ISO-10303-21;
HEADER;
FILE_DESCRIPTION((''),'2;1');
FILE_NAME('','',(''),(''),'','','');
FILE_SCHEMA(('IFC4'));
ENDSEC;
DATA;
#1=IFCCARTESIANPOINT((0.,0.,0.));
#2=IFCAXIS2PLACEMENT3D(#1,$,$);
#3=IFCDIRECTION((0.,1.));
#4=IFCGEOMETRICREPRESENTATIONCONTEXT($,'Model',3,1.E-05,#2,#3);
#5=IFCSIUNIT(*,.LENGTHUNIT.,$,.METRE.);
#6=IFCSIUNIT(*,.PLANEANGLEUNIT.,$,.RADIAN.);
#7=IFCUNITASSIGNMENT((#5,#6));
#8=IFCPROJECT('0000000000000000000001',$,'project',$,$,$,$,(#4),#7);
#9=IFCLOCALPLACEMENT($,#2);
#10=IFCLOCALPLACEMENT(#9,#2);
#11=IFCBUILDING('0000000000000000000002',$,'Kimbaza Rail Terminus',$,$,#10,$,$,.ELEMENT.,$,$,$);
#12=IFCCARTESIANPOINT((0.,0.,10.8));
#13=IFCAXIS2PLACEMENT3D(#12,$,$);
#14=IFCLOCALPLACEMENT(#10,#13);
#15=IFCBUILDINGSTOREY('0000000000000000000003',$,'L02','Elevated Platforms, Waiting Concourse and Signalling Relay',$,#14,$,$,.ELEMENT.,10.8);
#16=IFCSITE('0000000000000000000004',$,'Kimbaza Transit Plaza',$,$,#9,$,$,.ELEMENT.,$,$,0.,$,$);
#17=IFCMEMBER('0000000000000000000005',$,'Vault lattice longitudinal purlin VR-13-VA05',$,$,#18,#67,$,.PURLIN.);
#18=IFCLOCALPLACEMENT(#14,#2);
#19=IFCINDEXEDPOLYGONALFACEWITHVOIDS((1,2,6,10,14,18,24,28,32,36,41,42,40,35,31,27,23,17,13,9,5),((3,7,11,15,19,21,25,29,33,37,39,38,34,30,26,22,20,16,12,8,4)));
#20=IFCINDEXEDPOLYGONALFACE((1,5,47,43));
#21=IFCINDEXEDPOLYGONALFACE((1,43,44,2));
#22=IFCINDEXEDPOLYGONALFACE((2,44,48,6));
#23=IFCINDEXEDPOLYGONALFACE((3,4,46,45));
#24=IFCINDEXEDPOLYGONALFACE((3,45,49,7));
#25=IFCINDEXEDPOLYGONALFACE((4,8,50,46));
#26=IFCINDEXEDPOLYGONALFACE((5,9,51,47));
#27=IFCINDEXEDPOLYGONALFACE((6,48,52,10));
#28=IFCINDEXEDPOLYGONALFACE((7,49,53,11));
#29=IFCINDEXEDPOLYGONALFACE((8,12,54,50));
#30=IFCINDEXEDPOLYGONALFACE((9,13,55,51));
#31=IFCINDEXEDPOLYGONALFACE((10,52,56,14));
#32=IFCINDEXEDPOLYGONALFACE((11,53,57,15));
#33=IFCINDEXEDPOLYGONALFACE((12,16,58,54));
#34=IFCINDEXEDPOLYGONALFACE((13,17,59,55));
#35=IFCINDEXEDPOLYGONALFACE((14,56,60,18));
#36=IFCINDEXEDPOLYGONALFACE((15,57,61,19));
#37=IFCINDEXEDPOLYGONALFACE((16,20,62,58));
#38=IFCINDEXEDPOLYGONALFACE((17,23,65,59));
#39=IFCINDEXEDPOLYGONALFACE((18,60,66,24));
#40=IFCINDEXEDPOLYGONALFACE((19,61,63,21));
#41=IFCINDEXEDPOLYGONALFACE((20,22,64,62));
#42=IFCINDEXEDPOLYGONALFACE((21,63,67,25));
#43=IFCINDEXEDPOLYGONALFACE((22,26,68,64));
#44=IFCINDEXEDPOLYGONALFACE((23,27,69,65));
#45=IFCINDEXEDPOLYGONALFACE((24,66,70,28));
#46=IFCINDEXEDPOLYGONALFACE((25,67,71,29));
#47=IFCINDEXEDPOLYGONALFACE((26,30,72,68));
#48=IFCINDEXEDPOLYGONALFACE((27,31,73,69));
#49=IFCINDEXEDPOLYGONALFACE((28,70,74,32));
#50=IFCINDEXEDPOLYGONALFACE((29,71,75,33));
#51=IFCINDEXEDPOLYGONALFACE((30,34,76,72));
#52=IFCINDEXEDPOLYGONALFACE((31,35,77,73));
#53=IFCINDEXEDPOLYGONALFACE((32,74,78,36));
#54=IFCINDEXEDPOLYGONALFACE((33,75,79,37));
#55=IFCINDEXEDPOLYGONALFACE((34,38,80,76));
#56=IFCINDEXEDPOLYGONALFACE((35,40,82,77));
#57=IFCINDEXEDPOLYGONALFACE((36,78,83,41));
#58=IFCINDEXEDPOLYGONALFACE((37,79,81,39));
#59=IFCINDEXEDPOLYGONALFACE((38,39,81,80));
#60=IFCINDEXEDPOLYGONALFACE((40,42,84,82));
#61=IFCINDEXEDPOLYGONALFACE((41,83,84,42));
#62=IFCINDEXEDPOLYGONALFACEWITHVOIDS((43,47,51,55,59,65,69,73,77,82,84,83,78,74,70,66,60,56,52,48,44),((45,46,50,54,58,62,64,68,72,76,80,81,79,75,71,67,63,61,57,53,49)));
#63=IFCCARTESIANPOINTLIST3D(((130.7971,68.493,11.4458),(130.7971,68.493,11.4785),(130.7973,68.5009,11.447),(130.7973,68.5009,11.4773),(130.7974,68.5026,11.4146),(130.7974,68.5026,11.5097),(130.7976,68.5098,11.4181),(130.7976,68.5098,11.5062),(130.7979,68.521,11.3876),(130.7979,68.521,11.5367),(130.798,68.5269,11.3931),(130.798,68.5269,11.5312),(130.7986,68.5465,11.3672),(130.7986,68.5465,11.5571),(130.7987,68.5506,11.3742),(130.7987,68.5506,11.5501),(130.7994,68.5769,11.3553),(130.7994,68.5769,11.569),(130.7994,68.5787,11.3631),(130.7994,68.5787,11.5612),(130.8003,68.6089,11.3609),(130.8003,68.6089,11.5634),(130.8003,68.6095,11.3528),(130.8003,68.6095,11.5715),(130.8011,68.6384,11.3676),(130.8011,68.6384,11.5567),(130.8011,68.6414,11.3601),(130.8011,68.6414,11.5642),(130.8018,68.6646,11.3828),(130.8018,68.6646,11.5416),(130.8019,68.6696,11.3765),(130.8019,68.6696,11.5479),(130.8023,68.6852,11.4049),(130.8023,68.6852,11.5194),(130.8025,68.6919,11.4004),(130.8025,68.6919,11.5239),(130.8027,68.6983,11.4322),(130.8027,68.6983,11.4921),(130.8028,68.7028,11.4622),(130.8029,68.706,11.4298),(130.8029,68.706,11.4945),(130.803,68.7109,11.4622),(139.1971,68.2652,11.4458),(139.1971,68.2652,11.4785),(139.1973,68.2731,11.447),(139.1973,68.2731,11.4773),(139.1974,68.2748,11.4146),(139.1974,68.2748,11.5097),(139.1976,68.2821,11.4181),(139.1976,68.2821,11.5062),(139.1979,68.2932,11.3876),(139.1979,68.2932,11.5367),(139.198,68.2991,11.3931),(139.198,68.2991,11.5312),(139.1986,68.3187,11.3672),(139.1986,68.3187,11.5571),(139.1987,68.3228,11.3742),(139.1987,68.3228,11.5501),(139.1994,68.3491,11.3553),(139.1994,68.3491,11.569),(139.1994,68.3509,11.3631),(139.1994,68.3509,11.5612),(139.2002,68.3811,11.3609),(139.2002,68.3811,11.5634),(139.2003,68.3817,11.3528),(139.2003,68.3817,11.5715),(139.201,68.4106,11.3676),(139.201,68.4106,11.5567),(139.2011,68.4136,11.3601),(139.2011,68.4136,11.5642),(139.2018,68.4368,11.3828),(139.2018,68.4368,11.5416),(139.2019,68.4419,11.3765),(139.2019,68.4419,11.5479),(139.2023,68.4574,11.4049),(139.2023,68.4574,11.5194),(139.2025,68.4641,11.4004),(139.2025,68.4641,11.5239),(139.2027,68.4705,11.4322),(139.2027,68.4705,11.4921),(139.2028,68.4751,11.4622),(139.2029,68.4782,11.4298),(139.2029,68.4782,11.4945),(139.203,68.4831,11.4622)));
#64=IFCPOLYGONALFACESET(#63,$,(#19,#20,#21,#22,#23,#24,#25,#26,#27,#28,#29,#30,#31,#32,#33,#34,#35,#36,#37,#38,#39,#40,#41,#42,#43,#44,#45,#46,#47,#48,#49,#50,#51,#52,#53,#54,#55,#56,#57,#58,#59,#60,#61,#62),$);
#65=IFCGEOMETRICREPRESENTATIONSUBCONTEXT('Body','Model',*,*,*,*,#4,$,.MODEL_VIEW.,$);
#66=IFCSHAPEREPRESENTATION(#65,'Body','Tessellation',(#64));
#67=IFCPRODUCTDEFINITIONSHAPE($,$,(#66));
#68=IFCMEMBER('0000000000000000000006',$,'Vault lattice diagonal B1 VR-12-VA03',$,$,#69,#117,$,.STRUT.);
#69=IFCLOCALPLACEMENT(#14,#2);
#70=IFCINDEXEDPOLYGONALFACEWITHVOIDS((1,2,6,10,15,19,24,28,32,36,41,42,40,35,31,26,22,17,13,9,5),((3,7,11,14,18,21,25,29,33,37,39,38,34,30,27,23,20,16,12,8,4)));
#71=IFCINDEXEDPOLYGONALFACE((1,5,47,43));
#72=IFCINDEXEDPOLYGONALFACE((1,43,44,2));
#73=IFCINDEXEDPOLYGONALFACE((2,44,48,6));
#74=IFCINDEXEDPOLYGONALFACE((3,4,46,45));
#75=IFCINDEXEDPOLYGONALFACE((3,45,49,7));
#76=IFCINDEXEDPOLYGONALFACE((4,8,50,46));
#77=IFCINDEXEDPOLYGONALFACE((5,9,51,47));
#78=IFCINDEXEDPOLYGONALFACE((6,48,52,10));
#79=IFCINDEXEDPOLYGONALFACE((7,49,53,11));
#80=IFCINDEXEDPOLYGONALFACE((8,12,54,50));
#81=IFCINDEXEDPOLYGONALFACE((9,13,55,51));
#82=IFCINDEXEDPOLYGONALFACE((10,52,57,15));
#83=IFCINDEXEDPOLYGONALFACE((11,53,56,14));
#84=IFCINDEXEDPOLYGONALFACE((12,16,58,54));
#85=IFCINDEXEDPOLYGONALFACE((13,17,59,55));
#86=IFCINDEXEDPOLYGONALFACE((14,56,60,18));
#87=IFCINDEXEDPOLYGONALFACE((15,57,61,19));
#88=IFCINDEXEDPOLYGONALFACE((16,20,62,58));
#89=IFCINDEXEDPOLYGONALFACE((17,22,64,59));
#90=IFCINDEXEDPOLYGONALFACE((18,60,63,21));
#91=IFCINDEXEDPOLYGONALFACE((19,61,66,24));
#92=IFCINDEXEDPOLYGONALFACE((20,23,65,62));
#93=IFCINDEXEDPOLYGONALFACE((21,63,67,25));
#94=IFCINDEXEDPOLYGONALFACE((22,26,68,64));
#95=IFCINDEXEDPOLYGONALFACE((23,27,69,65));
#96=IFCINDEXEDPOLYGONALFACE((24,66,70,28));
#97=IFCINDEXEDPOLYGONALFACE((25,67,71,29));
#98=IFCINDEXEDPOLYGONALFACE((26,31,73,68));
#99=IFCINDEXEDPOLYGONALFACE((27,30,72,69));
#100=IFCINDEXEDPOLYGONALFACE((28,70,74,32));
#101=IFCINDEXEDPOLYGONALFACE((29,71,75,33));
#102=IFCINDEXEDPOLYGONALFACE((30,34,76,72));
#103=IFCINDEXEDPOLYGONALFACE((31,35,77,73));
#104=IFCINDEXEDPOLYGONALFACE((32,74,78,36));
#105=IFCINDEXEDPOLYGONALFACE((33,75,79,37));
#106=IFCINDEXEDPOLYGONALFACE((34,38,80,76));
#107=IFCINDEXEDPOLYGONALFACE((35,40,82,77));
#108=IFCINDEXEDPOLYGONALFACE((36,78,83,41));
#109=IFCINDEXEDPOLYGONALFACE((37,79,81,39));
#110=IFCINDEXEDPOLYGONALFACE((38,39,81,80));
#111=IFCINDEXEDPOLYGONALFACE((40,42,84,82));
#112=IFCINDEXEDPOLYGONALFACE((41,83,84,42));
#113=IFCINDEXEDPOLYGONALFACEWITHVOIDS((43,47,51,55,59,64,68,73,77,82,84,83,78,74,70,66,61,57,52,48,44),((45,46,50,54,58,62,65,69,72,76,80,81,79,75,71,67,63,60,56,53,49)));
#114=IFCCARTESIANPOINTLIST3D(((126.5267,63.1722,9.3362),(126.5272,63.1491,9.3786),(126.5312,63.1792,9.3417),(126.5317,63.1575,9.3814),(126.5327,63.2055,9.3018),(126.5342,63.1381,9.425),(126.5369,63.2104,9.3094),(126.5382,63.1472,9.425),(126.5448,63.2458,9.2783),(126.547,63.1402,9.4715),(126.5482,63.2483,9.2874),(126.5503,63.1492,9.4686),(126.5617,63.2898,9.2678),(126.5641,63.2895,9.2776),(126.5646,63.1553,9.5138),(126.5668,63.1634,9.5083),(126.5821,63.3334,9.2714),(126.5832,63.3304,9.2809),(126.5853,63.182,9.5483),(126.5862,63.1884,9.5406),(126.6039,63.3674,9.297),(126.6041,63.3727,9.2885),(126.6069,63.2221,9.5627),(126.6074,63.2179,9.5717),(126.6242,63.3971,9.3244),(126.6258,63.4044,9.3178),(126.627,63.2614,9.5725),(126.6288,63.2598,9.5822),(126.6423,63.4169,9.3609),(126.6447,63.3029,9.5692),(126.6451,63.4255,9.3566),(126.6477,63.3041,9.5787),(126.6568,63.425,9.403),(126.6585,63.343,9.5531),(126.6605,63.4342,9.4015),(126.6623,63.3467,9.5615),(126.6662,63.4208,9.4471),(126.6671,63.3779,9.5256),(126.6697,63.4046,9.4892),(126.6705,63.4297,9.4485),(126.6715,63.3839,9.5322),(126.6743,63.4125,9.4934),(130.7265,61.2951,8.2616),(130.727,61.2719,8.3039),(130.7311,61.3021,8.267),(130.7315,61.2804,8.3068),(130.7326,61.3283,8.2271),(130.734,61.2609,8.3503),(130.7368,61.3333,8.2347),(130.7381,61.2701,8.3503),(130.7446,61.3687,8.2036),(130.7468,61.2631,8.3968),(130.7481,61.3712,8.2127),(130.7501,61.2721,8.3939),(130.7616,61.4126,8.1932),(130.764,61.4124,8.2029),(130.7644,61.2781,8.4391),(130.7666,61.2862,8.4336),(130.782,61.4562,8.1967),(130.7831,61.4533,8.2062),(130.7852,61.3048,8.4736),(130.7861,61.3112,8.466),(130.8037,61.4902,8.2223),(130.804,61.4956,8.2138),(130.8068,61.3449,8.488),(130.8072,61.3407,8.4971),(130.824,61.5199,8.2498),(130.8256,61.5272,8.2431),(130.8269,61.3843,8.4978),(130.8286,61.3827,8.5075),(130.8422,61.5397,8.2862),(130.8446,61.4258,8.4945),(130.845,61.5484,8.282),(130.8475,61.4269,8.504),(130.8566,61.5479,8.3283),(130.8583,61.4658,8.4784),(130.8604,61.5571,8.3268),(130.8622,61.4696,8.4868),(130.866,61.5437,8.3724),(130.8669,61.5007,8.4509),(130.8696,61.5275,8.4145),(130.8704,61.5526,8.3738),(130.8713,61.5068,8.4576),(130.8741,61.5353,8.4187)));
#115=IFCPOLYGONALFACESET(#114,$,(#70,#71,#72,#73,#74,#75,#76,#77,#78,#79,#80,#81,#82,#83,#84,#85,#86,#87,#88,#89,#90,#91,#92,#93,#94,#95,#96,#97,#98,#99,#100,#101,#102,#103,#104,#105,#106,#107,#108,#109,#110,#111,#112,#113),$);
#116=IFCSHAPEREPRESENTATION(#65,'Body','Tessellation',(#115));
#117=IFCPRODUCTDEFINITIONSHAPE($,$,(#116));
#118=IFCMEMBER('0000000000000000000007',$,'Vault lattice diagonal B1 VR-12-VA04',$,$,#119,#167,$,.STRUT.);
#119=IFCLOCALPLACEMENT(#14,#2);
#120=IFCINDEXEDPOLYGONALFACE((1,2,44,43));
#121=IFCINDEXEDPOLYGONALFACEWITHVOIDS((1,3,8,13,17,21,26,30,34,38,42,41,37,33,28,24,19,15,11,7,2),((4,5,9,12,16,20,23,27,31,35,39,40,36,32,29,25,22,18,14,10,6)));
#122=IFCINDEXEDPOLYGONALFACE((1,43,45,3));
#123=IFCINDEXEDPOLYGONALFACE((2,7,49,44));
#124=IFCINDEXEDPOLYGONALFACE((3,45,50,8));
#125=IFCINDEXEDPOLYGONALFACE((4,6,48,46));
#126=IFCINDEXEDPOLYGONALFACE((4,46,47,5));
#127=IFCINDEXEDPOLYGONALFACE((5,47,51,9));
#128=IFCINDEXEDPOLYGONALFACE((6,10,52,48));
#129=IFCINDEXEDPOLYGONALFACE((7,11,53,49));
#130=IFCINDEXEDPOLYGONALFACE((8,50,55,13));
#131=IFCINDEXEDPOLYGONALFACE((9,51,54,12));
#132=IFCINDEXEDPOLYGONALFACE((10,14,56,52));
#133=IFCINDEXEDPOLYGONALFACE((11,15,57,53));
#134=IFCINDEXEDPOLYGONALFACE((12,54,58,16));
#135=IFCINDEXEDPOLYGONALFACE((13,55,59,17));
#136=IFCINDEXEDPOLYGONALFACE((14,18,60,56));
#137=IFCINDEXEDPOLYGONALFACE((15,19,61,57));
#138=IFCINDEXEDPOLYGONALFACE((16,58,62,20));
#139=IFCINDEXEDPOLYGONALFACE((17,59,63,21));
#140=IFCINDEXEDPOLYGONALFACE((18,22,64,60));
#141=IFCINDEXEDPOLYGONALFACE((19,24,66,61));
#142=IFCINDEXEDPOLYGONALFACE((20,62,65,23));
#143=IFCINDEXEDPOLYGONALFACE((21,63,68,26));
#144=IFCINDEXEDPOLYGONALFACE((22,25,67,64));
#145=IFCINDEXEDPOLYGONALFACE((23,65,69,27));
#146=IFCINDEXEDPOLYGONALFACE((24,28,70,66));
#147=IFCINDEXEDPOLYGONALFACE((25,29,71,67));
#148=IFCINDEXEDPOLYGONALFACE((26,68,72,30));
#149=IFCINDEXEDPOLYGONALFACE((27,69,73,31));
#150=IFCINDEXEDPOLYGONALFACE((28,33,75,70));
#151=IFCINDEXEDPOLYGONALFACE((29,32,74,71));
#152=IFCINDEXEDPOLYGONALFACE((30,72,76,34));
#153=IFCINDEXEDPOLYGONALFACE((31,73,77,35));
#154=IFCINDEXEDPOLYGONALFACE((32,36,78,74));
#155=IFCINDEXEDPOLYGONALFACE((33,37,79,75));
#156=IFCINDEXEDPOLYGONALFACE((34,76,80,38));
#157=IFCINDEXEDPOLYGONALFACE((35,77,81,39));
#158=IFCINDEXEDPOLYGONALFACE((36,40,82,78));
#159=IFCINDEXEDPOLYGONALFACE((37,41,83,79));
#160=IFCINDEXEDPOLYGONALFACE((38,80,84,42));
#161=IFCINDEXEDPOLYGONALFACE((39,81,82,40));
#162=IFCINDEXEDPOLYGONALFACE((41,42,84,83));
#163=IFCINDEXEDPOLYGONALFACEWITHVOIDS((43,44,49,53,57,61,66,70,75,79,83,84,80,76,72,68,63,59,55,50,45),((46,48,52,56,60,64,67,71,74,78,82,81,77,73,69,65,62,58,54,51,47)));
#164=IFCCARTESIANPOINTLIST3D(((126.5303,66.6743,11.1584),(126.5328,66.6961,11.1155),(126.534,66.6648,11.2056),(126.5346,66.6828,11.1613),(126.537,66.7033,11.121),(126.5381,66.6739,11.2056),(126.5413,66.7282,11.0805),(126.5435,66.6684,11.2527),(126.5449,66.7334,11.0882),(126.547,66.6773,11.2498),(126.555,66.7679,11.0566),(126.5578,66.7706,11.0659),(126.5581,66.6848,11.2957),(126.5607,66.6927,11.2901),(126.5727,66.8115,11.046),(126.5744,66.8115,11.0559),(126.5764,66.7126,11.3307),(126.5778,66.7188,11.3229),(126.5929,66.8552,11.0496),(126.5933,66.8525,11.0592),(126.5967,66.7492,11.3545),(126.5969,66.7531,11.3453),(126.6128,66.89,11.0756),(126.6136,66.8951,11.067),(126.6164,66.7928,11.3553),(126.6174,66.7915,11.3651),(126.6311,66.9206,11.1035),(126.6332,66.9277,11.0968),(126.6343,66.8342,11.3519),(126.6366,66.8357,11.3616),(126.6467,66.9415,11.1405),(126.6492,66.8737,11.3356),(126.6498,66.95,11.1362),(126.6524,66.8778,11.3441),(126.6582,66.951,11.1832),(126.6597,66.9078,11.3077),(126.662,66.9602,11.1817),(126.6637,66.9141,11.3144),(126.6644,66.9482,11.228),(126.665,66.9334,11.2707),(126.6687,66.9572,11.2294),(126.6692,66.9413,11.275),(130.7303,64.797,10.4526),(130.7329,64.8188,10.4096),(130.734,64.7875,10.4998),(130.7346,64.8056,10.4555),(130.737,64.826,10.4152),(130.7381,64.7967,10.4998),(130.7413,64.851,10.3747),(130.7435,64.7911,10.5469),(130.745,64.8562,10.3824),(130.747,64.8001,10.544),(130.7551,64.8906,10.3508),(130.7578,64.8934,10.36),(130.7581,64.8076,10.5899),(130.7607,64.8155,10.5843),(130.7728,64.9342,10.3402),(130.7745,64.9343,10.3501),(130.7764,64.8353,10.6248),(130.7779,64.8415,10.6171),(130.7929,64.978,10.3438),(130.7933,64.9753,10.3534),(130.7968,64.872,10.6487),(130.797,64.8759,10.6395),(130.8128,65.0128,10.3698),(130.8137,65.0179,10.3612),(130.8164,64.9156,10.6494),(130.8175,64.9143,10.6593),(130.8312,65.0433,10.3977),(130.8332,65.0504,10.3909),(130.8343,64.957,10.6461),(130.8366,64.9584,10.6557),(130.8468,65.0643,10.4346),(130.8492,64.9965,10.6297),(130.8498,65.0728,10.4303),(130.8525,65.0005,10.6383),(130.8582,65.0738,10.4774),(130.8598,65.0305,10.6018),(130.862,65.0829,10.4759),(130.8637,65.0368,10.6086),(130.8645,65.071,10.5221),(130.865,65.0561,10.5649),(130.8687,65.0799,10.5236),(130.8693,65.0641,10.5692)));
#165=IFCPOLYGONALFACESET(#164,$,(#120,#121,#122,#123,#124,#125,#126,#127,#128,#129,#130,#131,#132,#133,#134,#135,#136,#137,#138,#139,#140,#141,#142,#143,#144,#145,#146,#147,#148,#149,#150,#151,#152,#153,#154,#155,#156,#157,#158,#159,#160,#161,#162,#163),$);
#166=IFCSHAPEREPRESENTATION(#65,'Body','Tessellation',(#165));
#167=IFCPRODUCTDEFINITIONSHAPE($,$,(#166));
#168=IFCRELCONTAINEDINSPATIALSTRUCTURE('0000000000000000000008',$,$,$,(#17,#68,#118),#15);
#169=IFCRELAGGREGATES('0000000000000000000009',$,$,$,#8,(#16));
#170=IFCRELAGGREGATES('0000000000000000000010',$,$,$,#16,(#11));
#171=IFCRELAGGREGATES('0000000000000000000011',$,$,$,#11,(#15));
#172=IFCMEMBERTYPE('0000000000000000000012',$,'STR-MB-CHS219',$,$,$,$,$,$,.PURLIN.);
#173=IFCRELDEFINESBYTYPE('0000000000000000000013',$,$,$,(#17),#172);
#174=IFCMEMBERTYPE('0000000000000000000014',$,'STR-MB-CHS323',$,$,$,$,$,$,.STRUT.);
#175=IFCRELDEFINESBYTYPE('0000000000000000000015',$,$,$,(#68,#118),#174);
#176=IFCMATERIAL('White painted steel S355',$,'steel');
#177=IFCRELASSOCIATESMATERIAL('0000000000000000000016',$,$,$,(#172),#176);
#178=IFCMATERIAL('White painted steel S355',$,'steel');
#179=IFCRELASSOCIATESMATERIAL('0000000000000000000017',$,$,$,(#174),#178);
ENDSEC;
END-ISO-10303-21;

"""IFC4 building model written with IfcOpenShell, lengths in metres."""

from ifc_helpers import new_model, si_unit, direction, frame, origin, origin_2d, place, context, subcontext, project, spatial, hollow_circle, extrude, material, material_profile, profile_set, type_object, element, save


model = new_model("IFC4")

# Units and contexts
model_context = context("Model", 3, precision=1e-05, world=origin(), true_north=direction((0.0, 1.0)))
body_context = subcontext(model_context, "Body", "Model", "MODEL_VIEW")
ifc_project = project(units=[si_unit("LENGTHUNIT", "METRE"), si_unit("PLANEANGLEUNIT", "RADIAN")], contexts=[model_context])

# Site, building, storey
site_placement = place(None, origin())
site = spatial("IfcSite", under=ifc_project, at=site_placement, Name="Kimbaza Transit Plaza", CompositionType="ELEMENT", RefElevation=0.0)
building_placement = place(site_placement, origin())
building = spatial("IfcBuilding", under=site, at=building_placement, Name="Kimbaza Rail Terminus", CompositionType="ELEMENT")
storey_placement = place(building_placement, frame((0.0, 0.0, 10.8)))
storey = spatial("IfcBuildingStorey", under=building, at=storey_placement, Name="L02", Description="Elevated Platforms, Waiting Concourse and Signalling Relay", CompositionType="ELEMENT", Elevation=10.8)

# Members
ifc_material_1 = material(Name="White painted steel S355", Category="steel")
ifc_material_profile_1 = material_profile(ifc_material_1, hollow_circle(Radius=0.1096, WallThickness=0.0081, at=origin_2d()), Name="CHS 219.1x8")
ifc_profile_set_1 = profile_set([ifc_material_profile_1], Name="White painted steel S355")
member_type_1 = type_object("IfcMemberType", Name="STR-MB-CHS219", PredefinedType="PURLIN", material=ifc_profile_set_1)
for number, where, z_axis, x_axis, name in (
    (1, (130.8, 68.6013, 11.4622), (0.999633, -0.027107, 0.0), (0.027107, 0.999633, 0.0), "Vault lattice longitudinal purlin VR-13-VA05"),
):
    element("IfcMember", number, at=place(storey_placement, frame(where, z_axis=z_axis, x_axis=x_axis)), inside=storey, type_object=member_type_1, Name=name, PredefinedType="PURLIN", context=body_context, shape_type="SweptSolid", body=[
        extrude(hollow_circle(Radius=0.1096, WallThickness=0.0081, at=origin_2d()), origin(), (0.0, 0.0, 1.0), 8.4031),
    ])
ifc_material_2 = material(Name="White painted steel S355", Category="steel")
ifc_material_profile_2 = material_profile(ifc_material_2, hollow_circle(Radius=0.1619, WallThickness=0.01, at=origin_2d()), Name="CHS 323.9x10")
ifc_profile_set_2 = profile_set([ifc_material_profile_2], Name="White painted steel S355")
member_type_2 = type_object("IfcMemberType", Name="STR-MB-CHS323", PredefinedType="STRUT", material=ifc_profile_set_2)
member_1_placement = place(storey_placement, frame((130.8, 61.4087, 8.3503), z_axis=(-0.889021, 0.397354, 0.227488), x_axis=(-0.408053, -0.912958, 0.0)))
element("IfcMember", 2, at=member_1_placement, inside=storey, type_object=member_type_2, Name="Vault lattice diagonal B1 VR-12-VA03", PredefinedType="STRUT", context=body_context, shape_type="SweptSolid", body=[
    extrude(hollow_circle(Radius=0.1619, WallThickness=0.01, at=origin_2d()), origin(), (0.0, 0.0, 1.0), 4.7241),
])
member_2_placement = place(storey_placement, frame((130.8, 64.9353, 10.4998), z_axis=(-0.902399, 0.403334, 0.15165), x_axis=(-0.408053, -0.912958, 0.0)))
element("IfcMember", 3, at=member_2_placement, inside=storey, type_object=member_type_2, Name="Vault lattice diagonal B1 VR-12-VA04", PredefinedType="STRUT", context=body_context, shape_type="SweptSolid", body=[
    extrude(hollow_circle(Radius=0.1619, WallThickness=0.01, at=origin_2d()), origin(), (0.0, 0.0, 1.0), 4.6543),
])

save(model, "model.ifc")
